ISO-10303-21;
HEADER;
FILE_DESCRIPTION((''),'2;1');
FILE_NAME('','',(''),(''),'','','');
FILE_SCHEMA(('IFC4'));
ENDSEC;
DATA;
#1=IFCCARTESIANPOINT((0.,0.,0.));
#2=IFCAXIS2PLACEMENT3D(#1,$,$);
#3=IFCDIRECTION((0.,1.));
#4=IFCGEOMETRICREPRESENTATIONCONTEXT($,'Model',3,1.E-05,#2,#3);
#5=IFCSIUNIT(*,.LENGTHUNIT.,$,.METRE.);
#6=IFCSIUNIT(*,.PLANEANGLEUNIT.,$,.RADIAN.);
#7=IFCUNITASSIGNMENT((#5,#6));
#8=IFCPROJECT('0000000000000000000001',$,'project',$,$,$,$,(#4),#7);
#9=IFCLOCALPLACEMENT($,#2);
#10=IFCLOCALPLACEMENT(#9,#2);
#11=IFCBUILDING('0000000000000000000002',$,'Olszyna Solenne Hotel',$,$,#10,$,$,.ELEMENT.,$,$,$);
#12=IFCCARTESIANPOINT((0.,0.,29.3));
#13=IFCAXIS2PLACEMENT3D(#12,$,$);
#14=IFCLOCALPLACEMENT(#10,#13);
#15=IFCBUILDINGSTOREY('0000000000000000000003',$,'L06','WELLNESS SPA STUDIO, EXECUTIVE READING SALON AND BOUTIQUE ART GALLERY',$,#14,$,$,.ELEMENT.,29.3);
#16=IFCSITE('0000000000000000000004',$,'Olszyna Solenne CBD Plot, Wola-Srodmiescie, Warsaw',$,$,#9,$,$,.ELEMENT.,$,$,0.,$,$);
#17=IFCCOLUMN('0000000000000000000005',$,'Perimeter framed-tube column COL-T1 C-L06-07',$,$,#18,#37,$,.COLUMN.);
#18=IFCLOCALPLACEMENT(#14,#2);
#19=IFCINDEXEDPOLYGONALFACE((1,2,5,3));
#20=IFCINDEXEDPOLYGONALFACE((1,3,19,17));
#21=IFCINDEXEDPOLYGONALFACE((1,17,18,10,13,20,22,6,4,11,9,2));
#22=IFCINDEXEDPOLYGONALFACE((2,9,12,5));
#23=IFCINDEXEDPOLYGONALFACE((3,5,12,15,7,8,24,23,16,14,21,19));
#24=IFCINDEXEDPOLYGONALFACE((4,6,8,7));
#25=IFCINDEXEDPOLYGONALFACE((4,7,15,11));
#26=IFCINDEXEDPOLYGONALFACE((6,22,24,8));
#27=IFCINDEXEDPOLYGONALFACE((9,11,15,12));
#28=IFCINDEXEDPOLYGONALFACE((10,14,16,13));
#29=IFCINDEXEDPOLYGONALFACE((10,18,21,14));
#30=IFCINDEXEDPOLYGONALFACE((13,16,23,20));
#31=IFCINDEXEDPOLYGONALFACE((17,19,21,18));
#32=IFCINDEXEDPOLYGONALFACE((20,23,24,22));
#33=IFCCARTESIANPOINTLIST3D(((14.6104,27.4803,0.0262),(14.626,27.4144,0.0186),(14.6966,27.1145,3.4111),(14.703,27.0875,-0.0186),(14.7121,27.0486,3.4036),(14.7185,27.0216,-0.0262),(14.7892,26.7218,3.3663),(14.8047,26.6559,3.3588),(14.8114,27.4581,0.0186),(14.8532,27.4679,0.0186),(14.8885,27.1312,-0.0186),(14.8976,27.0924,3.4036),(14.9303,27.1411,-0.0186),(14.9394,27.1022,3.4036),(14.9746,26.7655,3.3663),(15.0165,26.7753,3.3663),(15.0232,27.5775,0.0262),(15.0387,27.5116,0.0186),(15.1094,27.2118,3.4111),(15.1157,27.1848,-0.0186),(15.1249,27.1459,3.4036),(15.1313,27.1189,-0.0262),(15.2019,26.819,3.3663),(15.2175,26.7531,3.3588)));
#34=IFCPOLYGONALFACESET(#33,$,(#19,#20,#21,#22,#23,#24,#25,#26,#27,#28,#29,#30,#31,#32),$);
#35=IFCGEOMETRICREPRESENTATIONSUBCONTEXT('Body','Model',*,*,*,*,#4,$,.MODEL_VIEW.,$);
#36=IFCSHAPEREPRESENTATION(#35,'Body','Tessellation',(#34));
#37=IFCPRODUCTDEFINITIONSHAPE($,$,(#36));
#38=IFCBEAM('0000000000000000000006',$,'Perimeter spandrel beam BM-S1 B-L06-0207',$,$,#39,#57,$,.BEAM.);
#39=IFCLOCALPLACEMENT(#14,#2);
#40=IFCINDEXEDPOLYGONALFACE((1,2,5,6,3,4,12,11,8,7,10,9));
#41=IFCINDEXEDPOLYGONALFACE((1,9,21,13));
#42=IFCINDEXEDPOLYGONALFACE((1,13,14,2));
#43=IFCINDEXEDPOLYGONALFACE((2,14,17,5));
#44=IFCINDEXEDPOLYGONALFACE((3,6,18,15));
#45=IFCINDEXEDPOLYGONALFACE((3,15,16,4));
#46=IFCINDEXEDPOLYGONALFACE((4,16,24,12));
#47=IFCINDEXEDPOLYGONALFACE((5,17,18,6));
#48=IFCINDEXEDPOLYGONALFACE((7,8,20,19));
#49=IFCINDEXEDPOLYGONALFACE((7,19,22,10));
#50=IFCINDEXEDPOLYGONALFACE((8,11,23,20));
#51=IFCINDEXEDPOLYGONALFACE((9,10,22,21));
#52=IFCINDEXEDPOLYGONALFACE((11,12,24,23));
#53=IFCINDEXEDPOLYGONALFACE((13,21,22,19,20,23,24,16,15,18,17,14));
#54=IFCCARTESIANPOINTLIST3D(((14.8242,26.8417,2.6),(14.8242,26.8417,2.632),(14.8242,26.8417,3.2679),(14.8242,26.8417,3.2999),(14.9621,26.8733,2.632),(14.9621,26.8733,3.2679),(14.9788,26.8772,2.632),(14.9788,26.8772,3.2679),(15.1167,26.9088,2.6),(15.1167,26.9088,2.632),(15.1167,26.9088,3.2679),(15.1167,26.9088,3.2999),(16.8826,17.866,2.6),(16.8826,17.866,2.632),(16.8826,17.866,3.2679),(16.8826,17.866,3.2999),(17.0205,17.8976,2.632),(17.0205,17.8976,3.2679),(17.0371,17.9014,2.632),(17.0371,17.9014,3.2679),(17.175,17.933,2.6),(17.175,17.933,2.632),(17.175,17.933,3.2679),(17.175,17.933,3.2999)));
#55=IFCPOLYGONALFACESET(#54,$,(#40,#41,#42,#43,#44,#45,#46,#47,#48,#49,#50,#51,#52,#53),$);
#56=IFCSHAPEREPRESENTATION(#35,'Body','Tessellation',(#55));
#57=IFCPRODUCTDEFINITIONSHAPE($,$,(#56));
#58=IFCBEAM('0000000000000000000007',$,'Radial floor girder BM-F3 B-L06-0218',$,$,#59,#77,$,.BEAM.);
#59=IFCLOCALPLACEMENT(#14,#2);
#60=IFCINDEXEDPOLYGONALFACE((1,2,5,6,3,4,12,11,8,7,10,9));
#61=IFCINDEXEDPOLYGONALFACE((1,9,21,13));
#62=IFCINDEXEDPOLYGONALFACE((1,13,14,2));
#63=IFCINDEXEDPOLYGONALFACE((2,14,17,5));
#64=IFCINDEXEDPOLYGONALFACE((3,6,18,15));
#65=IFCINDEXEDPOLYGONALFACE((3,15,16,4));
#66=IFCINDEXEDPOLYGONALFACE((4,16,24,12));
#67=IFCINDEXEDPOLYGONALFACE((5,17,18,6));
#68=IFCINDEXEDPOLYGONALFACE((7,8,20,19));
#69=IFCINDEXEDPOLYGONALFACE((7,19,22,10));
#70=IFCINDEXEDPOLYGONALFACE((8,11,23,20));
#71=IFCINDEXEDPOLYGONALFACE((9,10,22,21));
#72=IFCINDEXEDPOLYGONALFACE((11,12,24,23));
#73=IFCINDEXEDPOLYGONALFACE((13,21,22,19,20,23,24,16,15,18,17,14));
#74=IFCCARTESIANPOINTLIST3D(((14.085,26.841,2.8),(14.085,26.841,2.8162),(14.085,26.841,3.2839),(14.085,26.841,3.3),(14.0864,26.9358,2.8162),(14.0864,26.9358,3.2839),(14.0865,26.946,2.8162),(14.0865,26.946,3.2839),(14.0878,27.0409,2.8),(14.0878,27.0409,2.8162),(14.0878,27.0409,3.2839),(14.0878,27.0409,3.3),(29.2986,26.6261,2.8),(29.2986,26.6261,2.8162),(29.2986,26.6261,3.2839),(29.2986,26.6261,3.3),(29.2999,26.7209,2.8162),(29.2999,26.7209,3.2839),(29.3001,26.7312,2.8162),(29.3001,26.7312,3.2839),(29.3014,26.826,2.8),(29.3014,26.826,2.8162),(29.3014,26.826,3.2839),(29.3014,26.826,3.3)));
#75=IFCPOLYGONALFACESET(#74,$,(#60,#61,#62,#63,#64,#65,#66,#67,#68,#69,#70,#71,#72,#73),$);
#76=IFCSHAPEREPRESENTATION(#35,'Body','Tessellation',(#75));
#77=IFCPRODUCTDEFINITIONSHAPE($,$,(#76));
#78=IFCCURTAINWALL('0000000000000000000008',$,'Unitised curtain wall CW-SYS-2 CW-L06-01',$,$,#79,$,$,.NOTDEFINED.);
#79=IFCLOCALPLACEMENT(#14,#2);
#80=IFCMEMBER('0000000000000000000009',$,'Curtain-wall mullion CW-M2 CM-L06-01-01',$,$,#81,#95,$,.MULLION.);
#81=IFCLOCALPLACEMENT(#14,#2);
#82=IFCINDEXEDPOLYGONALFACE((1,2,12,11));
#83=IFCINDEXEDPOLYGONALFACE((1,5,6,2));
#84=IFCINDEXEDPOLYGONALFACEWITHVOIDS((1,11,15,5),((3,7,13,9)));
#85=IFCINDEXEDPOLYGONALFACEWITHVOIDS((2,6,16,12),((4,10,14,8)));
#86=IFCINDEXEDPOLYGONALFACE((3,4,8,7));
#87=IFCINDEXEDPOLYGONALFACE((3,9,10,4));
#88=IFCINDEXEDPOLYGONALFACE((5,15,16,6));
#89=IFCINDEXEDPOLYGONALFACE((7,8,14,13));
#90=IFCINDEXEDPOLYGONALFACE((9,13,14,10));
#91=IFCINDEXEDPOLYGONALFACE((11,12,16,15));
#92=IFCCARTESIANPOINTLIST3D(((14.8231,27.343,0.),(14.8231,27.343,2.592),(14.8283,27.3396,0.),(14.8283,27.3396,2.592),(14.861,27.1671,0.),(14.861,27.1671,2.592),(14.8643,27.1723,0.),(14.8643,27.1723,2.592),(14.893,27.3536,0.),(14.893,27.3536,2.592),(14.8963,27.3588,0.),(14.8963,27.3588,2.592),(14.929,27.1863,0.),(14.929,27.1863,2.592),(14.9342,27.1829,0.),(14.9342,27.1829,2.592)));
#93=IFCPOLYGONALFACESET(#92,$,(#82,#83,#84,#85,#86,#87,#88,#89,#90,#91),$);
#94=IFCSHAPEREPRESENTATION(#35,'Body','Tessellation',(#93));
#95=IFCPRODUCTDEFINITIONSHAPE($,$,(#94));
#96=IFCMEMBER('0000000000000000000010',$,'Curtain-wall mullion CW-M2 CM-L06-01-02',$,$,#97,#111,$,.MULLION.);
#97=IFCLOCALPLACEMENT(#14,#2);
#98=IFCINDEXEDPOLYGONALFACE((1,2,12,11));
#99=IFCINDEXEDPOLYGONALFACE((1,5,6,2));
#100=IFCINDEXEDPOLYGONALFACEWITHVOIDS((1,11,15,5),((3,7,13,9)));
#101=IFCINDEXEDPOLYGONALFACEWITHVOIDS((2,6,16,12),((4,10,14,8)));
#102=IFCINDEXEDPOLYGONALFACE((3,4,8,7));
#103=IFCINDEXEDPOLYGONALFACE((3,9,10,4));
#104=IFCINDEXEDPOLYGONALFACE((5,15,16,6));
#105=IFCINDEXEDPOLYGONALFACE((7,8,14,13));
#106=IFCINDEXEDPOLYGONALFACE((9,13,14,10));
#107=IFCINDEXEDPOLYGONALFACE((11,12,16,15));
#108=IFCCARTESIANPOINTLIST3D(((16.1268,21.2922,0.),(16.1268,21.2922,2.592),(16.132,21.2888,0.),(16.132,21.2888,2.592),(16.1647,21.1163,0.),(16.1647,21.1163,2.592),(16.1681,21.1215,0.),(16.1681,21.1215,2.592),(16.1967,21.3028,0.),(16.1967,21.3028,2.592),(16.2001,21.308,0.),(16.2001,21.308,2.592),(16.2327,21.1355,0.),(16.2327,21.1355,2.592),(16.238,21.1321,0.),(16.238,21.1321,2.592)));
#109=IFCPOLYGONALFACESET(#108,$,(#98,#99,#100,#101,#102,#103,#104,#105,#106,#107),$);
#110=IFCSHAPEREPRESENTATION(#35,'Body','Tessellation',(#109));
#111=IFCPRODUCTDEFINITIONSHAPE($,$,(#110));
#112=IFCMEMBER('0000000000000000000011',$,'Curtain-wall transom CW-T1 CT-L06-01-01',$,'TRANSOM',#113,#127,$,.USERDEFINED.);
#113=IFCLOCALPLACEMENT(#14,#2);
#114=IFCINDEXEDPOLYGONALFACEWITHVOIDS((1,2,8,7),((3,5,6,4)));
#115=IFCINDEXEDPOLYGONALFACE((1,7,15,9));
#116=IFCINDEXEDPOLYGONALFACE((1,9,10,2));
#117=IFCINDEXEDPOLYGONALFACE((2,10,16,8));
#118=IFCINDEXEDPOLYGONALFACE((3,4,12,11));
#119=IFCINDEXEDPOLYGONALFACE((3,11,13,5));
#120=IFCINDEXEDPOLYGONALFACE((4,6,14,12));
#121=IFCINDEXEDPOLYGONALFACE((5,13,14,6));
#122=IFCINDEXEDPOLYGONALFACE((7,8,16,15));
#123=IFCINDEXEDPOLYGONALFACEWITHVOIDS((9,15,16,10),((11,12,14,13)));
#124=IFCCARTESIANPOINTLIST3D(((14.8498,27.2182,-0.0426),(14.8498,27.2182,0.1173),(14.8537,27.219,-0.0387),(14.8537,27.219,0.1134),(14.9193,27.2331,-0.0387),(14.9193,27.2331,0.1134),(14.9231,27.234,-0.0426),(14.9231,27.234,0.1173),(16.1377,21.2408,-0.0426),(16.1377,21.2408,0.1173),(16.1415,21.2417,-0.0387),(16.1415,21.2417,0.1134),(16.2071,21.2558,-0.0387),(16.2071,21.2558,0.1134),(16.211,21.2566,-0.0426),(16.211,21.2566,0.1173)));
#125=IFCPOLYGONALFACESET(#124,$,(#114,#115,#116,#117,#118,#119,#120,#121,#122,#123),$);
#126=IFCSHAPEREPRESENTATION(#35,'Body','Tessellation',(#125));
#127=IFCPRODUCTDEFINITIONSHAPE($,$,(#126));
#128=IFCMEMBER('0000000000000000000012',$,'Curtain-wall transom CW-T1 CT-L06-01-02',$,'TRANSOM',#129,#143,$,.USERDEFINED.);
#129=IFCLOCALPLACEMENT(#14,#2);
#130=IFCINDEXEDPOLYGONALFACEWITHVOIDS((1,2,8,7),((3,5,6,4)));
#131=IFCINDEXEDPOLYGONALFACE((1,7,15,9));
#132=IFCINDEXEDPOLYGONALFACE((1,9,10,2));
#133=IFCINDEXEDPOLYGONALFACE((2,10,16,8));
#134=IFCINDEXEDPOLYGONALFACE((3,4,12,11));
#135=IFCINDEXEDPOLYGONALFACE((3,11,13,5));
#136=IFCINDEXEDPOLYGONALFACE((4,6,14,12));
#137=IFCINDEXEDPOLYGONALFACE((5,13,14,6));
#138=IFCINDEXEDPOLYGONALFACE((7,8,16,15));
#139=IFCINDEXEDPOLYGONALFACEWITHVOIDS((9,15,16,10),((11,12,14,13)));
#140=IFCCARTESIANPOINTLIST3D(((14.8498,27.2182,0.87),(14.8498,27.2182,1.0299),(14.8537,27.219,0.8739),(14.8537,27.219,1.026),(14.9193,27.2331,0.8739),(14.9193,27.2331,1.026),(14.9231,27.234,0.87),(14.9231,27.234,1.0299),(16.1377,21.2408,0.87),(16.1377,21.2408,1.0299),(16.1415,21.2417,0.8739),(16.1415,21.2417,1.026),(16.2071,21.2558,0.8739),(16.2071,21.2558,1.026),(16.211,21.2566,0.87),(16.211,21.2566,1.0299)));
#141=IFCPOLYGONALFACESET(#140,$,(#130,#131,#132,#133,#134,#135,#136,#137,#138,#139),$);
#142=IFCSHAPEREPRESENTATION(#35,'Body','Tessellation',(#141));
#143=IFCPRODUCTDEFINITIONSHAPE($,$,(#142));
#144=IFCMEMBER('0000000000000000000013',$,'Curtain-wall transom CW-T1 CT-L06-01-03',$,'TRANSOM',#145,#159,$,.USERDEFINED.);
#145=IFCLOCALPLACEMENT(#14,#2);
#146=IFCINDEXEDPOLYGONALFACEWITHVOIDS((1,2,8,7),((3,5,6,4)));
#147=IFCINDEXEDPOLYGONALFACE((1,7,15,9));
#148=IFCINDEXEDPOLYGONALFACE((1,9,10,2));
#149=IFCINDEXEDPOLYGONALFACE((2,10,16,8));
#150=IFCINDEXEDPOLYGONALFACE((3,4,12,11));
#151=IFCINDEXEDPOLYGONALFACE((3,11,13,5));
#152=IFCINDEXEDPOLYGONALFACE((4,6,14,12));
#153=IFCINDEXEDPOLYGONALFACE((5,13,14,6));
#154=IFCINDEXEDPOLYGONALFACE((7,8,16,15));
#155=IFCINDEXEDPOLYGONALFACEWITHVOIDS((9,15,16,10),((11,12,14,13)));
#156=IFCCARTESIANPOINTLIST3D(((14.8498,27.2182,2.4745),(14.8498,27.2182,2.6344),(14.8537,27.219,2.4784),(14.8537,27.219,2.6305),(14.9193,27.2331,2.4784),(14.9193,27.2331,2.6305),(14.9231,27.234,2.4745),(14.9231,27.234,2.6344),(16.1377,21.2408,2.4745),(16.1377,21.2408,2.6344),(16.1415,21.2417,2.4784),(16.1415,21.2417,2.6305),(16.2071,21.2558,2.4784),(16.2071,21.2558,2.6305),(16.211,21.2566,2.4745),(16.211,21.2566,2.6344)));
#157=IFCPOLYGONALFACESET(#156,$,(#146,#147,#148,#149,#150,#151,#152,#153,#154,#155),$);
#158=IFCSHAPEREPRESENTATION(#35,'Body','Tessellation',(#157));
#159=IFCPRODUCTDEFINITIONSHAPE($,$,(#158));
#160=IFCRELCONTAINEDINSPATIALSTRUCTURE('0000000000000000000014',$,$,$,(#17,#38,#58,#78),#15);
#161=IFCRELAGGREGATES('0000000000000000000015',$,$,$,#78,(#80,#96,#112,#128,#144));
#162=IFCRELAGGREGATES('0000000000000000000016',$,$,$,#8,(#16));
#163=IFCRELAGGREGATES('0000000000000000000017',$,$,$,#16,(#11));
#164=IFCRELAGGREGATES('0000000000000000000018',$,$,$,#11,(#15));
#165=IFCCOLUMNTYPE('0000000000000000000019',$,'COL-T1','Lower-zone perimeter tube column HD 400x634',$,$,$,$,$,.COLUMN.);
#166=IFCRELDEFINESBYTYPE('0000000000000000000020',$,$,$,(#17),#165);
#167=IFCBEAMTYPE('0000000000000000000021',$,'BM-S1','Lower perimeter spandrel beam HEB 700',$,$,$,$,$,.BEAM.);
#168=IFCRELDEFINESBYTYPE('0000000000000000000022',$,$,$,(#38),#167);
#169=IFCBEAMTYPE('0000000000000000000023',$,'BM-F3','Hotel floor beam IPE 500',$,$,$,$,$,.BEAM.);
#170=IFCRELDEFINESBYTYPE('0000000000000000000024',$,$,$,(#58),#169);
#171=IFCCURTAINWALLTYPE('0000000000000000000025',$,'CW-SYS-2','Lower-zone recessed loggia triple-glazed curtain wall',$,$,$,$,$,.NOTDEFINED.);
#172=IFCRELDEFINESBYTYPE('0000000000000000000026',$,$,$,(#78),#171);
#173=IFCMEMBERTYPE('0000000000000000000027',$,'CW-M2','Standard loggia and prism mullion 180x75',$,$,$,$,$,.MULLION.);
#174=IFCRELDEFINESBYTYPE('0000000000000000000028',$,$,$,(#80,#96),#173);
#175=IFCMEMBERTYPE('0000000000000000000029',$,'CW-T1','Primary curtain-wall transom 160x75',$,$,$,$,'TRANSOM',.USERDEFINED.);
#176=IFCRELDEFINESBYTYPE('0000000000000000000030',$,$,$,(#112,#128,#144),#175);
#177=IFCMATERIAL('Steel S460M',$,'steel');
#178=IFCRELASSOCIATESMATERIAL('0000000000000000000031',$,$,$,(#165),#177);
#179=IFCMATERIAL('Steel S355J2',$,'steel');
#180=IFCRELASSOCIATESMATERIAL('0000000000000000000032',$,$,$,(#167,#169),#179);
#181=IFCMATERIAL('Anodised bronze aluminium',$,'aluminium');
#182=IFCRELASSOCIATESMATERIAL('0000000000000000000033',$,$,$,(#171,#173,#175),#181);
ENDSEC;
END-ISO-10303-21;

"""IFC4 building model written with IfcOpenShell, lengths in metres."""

from ifc_helpers import new_model, si_unit, direction, frame, origin, origin_2d, place, context, subcontext, project, spatial, hollow_rectangle, i_section, extrude, source, transform, mapped, material, material_profile, profile_set, type_object, element, aggregate, save


model = new_model("IFC4")

# Units and contexts
model_context = context("Model", 3, precision=1e-05, world=origin(), true_north=direction((0.0, 1.0)))
body_context = subcontext(model_context, "Body", "Model", "MODEL_VIEW")
ifc_project = project(units=[si_unit("LENGTHUNIT", "METRE"), si_unit("PLANEANGLEUNIT", "RADIAN")], contexts=[model_context])

# Site, building, storey
site_placement = place(None, origin())
site = spatial("IfcSite", under=ifc_project, at=site_placement, Name="Olszyna Solenne CBD Plot, Wola-Srodmiescie, Warsaw", CompositionType="ELEMENT", RefElevation=0.0)
building_placement = place(site_placement, origin())
building = spatial("IfcBuilding", under=site, at=building_placement, Name="Olszyna Solenne Hotel", CompositionType="ELEMENT")
storey_placement = place(building_placement, frame((0.0, 0.0, 29.3)))
storey = spatial("IfcBuildingStorey", under=building, at=storey_placement, Name="L06", Description="WELLNESS SPA STUDIO, EXECUTIVE READING SALON AND BOUTIQUE ART GALLERY", CompositionType="ELEMENT", Elevation=29.3)

# Column
ifc_material_1 = material(Name="Steel S460M", Category="steel")
ifc_material_profile_1 = material_profile(ifc_material_1, i_section(OverallWidth=0.4241, OverallDepth=0.4741, WebThickness=0.043, FlangeThickness=0.0681, at=origin_2d()), Name="HD 400x634", Category="load-bearing")
ifc_profile_set_1 = profile_set([ifc_material_profile_1], Name="Steel S460M")
column_type = type_object("IfcColumnType", Name="COL-T1", Description="Lower-zone perimeter tube column HD 400x634", PredefinedType="COLUMN", material=ifc_profile_set_1)
shared_shape_1 = source(origin(), body_context, "Body", "SweptSolid", [
    extrude(i_section(OverallWidth=0.4241, OverallDepth=0.4741, WebThickness=0.043, FlangeThickness=0.0681, at=origin_2d()), origin(), (0.0, 0.0, 1.0), 3.4058),
])
column_placement = place(storey_placement, frame((14.8708, 27.2996, 0.0), z_axis=(0.025304, -0.107382, 0.993896), x_axis=(0.97334, 0.229365, 0.0)))
element("IfcColumn", 1, at=column_placement, inside=storey, type_object=column_type, Name="Perimeter framed-tube column COL-T1 C-L06-07", PredefinedType="COLUMN", context=body_context, shape_type="MappedRepresentation", body=[
    mapped(shared_shape_1, transform((0.0, 0.0, 0.0), x_axis=(1.0, 0.0, 0.0), y_axis=(0.0, 1.0, 0.0), z_axis=(0.0, 0.0, 1.0), scale=1.0)),
])

# Beams
ifc_material_2 = material(Name="Steel S355J2", Category="steel")
ifc_material_profile_2 = material_profile(ifc_material_2, i_section(OverallWidth=0.3, OverallDepth=0.7, WebThickness=0.0171, FlangeThickness=0.032, at=origin_2d()), Name="HEB 700", Category="load-bearing")
ifc_profile_set_2 = profile_set([ifc_material_profile_2], Name="Steel S355J2")
beam_type_1 = type_object("IfcBeamType", Name="BM-S1", Description="Lower perimeter spandrel beam HEB 700", PredefinedType="BEAM", material=ifc_profile_set_2)
shared_shape_2 = source(origin(), body_context, "Body", "SweptSolid", [
    extrude(i_section(OverallWidth=0.3, OverallDepth=0.7, WebThickness=0.0171, FlangeThickness=0.032, at=origin_2d()), origin(), (0.0, 0.0, 1.0), 9.2087),
])
beam_1_placement = place(storey_placement, frame((14.9705, 26.8752, 2.95), z_axis=(0.223519, -0.974699, 0.0), x_axis=(0.974699, 0.223519, 0.0)))
element("IfcBeam", 2, at=beam_1_placement, inside=storey, type_object=beam_type_1, Name="Perimeter spandrel beam BM-S1 B-L06-0207", PredefinedType="BEAM", context=body_context, shape_type="MappedRepresentation", body=[
    mapped(shared_shape_2, transform((0.0, 0.0, 0.0), x_axis=(1.0, 0.0, 0.0), y_axis=(0.0, 1.0, 0.0), z_axis=(0.0, 0.0, 1.0), scale=1.0)),
])
ifc_material_profile_3 = material_profile(ifc_material_2, i_section(OverallWidth=0.2, OverallDepth=0.5, WebThickness=0.0103, FlangeThickness=0.0161, at=origin_2d()), Name="IPE 500", Category="load-bearing")
ifc_profile_set_3 = profile_set([ifc_material_profile_3], Name="Steel S355J2")
beam_type_2 = type_object("IfcBeamType", Name="BM-F3", Description="Hotel floor beam IPE 500", PredefinedType="BEAM", material=ifc_profile_set_3)
shared_shape_3 = source(origin(), body_context, "Body", "SweptSolid", [
    extrude(i_section(OverallWidth=0.2, OverallDepth=0.5, WebThickness=0.0103, FlangeThickness=0.0161, at=origin_2d()), origin(), (0.0, 0.0, 1.0), 15.2151),
])
beam_2_placement = place(storey_placement, frame((14.0864, 26.9409, 3.05), z_axis=(0.9999, -0.01412, 0.0), x_axis=(0.01412, 0.9999, 0.0)))
element("IfcBeam", 3, at=beam_2_placement, inside=storey, type_object=beam_type_2, Name="Radial floor girder BM-F3 B-L06-0218", PredefinedType="BEAM", context=body_context, shape_type="MappedRepresentation", body=[
    mapped(shared_shape_3, transform((0.0, 0.0, 0.0), x_axis=(1.0, 0.0, 0.0), y_axis=(0.0, 1.0, 0.0), z_axis=(0.0, 0.0, 1.0), scale=1.0)),
])

# Curtain wall, members
ifc_material_3 = material(Name="Anodised bronze aluminium", Category="aluminium")
curtain_wall_type = type_object("IfcCurtainWallType", Name="CW-SYS-2", Description="Lower-zone recessed loggia triple-glazed curtain wall", PredefinedType="NOTDEFINED", material=ifc_material_3)
curtain_wall_placement = place(storey_placement, origin())
curtain_wall = element("IfcCurtainWall", 4, at=curtain_wall_placement, inside=storey, type_object=curtain_wall_type, Name="Unitised curtain wall CW-SYS-2 CW-L06-01", PredefinedType="NOTDEFINED")
ifc_material_profile_4 = material_profile(ifc_material_3, hollow_rectangle(XDim=0.075, YDim=0.1799, WallThickness=0.0044, at=origin_2d()), Name="MULL 180x75x4.5", Category="load-bearing")
ifc_profile_set_4 = profile_set([ifc_material_profile_4], Name="Anodised bronze aluminium")
member_type_1 = type_object("IfcMemberType", Name="CW-M2", Description="Standard loggia and prism mullion 180x75", PredefinedType="MULLION", material=ifc_profile_set_4)
shared_shape_4 = source(origin(), body_context, "Body", "SweptSolid", [
    extrude(hollow_rectangle(XDim=0.075, YDim=0.1799, WallThickness=0.0044, at=origin_2d()), origin(), (0.0, 0.0, 1.0), 2.592),
])
member_1_placement = place(storey_placement, frame((14.8787, 27.2629, 0.0), z_axis=(0.0, 0.0, 1.0), x_axis=(0.97757, 0.21061, 0.0)))
member_1 = element("IfcMember", 5, at=member_1_placement, type_object=member_type_1, Name="Curtain-wall mullion CW-M2 CM-L06-01-01", PredefinedType="MULLION", context=body_context, shape_type="MappedRepresentation", body=[
    mapped(shared_shape_4, transform((0.0, 0.0, 0.0), x_axis=(1.0, 0.0, 0.0), y_axis=(0.0, 1.0, 0.0), z_axis=(0.0, 0.0, 1.0), scale=1.0)),
])
member_2_placement = place(storey_placement, frame((16.1824, 21.2122, 0.0), z_axis=(0.0, 0.0, 1.0), x_axis=(0.97757, 0.21061, 0.0)))
member_2 = element("IfcMember", 6, at=member_2_placement, type_object=member_type_1, Name="Curtain-wall mullion CW-M2 CM-L06-01-02", PredefinedType="MULLION", context=body_context, shape_type="MappedRepresentation", body=[
    mapped(shared_shape_4, transform((0.0, 0.0, 0.0), x_axis=(1.0, 0.0, 0.0), y_axis=(0.0, 1.0, 0.0), z_axis=(0.0, 0.0, 1.0), scale=1.0)),
])
ifc_material_profile_5 = material_profile(ifc_material_3, hollow_rectangle(XDim=0.075, YDim=0.1599, WallThickness=0.0039, at=origin_2d()), Name="TRAN 160x75x4", Category="load-bearing")
ifc_profile_set_5 = profile_set([ifc_material_profile_5], Name="Anodised bronze aluminium")
member_type_2 = type_object("IfcMemberType", Name="CW-T1", Description="Primary curtain-wall transom 160x75", ElementType="TRANSOM", PredefinedType="USERDEFINED", material=ifc_profile_set_5)
shared_shape_5 = source(origin(), body_context, "Body", "SweptSolid", [
    extrude(hollow_rectangle(XDim=0.075, YDim=0.1599, WallThickness=0.0039, at=origin_2d()), origin(), (0.0, 0.0, 1.0), 6.1145),
])
member_3_placement = place(storey_placement, frame((14.8865, 27.2261, 0.0374), z_axis=(0.210622, -0.977567, 0.0), x_axis=(0.977567, 0.210622, 0.0)))
member_3 = element("IfcMember", 7, at=member_3_placement, type_object=member_type_2, Name="Curtain-wall transom CW-T1 CT-L06-01-01", ObjectType="TRANSOM", PredefinedType="USERDEFINED", context=body_context, shape_type="MappedRepresentation", body=[
    mapped(shared_shape_5, transform((0.0, 0.0, 0.0), x_axis=(1.0, 0.0, 0.0), y_axis=(0.0, 1.0, 0.0), z_axis=(0.0, 0.0, 1.0), scale=1.0)),
])
member_4_placement = place(storey_placement, frame((14.8865, 27.2261, 0.95), z_axis=(0.210622, -0.977567, 0.0), x_axis=(0.977567, 0.210622, 0.0)))
member_4 = element("IfcMember", 8, at=member_4_placement, type_object=member_type_2, Name="Curtain-wall transom CW-T1 CT-L06-01-02", ObjectType="TRANSOM", PredefinedType="USERDEFINED", context=body_context, shape_type="MappedRepresentation", body=[
    mapped(shared_shape_5, transform((0.0, 0.0, 0.0), x_axis=(1.0, 0.0, 0.0), y_axis=(0.0, 1.0, 0.0), z_axis=(0.0, 0.0, 1.0), scale=1.0)),
])
member_5_placement = place(storey_placement, frame((14.8865, 27.2261, 2.5544), z_axis=(0.210622, -0.977567, 0.0), x_axis=(0.977567, 0.210622, 0.0)))
member_5 = element("IfcMember", 9, at=member_5_placement, type_object=member_type_2, Name="Curtain-wall transom CW-T1 CT-L06-01-03", ObjectType="TRANSOM", PredefinedType="USERDEFINED", context=body_context, shape_type="MappedRepresentation", body=[
    mapped(shared_shape_5, transform((0.0, 0.0, 0.0), x_axis=(1.0, 0.0, 0.0), y_axis=(0.0, 1.0, 0.0), z_axis=(0.0, 0.0, 1.0), scale=1.0)),
])

aggregate(curtain_wall, [member_1, member_2, member_3, member_4, member_5])

save(model, "model.ifc")
